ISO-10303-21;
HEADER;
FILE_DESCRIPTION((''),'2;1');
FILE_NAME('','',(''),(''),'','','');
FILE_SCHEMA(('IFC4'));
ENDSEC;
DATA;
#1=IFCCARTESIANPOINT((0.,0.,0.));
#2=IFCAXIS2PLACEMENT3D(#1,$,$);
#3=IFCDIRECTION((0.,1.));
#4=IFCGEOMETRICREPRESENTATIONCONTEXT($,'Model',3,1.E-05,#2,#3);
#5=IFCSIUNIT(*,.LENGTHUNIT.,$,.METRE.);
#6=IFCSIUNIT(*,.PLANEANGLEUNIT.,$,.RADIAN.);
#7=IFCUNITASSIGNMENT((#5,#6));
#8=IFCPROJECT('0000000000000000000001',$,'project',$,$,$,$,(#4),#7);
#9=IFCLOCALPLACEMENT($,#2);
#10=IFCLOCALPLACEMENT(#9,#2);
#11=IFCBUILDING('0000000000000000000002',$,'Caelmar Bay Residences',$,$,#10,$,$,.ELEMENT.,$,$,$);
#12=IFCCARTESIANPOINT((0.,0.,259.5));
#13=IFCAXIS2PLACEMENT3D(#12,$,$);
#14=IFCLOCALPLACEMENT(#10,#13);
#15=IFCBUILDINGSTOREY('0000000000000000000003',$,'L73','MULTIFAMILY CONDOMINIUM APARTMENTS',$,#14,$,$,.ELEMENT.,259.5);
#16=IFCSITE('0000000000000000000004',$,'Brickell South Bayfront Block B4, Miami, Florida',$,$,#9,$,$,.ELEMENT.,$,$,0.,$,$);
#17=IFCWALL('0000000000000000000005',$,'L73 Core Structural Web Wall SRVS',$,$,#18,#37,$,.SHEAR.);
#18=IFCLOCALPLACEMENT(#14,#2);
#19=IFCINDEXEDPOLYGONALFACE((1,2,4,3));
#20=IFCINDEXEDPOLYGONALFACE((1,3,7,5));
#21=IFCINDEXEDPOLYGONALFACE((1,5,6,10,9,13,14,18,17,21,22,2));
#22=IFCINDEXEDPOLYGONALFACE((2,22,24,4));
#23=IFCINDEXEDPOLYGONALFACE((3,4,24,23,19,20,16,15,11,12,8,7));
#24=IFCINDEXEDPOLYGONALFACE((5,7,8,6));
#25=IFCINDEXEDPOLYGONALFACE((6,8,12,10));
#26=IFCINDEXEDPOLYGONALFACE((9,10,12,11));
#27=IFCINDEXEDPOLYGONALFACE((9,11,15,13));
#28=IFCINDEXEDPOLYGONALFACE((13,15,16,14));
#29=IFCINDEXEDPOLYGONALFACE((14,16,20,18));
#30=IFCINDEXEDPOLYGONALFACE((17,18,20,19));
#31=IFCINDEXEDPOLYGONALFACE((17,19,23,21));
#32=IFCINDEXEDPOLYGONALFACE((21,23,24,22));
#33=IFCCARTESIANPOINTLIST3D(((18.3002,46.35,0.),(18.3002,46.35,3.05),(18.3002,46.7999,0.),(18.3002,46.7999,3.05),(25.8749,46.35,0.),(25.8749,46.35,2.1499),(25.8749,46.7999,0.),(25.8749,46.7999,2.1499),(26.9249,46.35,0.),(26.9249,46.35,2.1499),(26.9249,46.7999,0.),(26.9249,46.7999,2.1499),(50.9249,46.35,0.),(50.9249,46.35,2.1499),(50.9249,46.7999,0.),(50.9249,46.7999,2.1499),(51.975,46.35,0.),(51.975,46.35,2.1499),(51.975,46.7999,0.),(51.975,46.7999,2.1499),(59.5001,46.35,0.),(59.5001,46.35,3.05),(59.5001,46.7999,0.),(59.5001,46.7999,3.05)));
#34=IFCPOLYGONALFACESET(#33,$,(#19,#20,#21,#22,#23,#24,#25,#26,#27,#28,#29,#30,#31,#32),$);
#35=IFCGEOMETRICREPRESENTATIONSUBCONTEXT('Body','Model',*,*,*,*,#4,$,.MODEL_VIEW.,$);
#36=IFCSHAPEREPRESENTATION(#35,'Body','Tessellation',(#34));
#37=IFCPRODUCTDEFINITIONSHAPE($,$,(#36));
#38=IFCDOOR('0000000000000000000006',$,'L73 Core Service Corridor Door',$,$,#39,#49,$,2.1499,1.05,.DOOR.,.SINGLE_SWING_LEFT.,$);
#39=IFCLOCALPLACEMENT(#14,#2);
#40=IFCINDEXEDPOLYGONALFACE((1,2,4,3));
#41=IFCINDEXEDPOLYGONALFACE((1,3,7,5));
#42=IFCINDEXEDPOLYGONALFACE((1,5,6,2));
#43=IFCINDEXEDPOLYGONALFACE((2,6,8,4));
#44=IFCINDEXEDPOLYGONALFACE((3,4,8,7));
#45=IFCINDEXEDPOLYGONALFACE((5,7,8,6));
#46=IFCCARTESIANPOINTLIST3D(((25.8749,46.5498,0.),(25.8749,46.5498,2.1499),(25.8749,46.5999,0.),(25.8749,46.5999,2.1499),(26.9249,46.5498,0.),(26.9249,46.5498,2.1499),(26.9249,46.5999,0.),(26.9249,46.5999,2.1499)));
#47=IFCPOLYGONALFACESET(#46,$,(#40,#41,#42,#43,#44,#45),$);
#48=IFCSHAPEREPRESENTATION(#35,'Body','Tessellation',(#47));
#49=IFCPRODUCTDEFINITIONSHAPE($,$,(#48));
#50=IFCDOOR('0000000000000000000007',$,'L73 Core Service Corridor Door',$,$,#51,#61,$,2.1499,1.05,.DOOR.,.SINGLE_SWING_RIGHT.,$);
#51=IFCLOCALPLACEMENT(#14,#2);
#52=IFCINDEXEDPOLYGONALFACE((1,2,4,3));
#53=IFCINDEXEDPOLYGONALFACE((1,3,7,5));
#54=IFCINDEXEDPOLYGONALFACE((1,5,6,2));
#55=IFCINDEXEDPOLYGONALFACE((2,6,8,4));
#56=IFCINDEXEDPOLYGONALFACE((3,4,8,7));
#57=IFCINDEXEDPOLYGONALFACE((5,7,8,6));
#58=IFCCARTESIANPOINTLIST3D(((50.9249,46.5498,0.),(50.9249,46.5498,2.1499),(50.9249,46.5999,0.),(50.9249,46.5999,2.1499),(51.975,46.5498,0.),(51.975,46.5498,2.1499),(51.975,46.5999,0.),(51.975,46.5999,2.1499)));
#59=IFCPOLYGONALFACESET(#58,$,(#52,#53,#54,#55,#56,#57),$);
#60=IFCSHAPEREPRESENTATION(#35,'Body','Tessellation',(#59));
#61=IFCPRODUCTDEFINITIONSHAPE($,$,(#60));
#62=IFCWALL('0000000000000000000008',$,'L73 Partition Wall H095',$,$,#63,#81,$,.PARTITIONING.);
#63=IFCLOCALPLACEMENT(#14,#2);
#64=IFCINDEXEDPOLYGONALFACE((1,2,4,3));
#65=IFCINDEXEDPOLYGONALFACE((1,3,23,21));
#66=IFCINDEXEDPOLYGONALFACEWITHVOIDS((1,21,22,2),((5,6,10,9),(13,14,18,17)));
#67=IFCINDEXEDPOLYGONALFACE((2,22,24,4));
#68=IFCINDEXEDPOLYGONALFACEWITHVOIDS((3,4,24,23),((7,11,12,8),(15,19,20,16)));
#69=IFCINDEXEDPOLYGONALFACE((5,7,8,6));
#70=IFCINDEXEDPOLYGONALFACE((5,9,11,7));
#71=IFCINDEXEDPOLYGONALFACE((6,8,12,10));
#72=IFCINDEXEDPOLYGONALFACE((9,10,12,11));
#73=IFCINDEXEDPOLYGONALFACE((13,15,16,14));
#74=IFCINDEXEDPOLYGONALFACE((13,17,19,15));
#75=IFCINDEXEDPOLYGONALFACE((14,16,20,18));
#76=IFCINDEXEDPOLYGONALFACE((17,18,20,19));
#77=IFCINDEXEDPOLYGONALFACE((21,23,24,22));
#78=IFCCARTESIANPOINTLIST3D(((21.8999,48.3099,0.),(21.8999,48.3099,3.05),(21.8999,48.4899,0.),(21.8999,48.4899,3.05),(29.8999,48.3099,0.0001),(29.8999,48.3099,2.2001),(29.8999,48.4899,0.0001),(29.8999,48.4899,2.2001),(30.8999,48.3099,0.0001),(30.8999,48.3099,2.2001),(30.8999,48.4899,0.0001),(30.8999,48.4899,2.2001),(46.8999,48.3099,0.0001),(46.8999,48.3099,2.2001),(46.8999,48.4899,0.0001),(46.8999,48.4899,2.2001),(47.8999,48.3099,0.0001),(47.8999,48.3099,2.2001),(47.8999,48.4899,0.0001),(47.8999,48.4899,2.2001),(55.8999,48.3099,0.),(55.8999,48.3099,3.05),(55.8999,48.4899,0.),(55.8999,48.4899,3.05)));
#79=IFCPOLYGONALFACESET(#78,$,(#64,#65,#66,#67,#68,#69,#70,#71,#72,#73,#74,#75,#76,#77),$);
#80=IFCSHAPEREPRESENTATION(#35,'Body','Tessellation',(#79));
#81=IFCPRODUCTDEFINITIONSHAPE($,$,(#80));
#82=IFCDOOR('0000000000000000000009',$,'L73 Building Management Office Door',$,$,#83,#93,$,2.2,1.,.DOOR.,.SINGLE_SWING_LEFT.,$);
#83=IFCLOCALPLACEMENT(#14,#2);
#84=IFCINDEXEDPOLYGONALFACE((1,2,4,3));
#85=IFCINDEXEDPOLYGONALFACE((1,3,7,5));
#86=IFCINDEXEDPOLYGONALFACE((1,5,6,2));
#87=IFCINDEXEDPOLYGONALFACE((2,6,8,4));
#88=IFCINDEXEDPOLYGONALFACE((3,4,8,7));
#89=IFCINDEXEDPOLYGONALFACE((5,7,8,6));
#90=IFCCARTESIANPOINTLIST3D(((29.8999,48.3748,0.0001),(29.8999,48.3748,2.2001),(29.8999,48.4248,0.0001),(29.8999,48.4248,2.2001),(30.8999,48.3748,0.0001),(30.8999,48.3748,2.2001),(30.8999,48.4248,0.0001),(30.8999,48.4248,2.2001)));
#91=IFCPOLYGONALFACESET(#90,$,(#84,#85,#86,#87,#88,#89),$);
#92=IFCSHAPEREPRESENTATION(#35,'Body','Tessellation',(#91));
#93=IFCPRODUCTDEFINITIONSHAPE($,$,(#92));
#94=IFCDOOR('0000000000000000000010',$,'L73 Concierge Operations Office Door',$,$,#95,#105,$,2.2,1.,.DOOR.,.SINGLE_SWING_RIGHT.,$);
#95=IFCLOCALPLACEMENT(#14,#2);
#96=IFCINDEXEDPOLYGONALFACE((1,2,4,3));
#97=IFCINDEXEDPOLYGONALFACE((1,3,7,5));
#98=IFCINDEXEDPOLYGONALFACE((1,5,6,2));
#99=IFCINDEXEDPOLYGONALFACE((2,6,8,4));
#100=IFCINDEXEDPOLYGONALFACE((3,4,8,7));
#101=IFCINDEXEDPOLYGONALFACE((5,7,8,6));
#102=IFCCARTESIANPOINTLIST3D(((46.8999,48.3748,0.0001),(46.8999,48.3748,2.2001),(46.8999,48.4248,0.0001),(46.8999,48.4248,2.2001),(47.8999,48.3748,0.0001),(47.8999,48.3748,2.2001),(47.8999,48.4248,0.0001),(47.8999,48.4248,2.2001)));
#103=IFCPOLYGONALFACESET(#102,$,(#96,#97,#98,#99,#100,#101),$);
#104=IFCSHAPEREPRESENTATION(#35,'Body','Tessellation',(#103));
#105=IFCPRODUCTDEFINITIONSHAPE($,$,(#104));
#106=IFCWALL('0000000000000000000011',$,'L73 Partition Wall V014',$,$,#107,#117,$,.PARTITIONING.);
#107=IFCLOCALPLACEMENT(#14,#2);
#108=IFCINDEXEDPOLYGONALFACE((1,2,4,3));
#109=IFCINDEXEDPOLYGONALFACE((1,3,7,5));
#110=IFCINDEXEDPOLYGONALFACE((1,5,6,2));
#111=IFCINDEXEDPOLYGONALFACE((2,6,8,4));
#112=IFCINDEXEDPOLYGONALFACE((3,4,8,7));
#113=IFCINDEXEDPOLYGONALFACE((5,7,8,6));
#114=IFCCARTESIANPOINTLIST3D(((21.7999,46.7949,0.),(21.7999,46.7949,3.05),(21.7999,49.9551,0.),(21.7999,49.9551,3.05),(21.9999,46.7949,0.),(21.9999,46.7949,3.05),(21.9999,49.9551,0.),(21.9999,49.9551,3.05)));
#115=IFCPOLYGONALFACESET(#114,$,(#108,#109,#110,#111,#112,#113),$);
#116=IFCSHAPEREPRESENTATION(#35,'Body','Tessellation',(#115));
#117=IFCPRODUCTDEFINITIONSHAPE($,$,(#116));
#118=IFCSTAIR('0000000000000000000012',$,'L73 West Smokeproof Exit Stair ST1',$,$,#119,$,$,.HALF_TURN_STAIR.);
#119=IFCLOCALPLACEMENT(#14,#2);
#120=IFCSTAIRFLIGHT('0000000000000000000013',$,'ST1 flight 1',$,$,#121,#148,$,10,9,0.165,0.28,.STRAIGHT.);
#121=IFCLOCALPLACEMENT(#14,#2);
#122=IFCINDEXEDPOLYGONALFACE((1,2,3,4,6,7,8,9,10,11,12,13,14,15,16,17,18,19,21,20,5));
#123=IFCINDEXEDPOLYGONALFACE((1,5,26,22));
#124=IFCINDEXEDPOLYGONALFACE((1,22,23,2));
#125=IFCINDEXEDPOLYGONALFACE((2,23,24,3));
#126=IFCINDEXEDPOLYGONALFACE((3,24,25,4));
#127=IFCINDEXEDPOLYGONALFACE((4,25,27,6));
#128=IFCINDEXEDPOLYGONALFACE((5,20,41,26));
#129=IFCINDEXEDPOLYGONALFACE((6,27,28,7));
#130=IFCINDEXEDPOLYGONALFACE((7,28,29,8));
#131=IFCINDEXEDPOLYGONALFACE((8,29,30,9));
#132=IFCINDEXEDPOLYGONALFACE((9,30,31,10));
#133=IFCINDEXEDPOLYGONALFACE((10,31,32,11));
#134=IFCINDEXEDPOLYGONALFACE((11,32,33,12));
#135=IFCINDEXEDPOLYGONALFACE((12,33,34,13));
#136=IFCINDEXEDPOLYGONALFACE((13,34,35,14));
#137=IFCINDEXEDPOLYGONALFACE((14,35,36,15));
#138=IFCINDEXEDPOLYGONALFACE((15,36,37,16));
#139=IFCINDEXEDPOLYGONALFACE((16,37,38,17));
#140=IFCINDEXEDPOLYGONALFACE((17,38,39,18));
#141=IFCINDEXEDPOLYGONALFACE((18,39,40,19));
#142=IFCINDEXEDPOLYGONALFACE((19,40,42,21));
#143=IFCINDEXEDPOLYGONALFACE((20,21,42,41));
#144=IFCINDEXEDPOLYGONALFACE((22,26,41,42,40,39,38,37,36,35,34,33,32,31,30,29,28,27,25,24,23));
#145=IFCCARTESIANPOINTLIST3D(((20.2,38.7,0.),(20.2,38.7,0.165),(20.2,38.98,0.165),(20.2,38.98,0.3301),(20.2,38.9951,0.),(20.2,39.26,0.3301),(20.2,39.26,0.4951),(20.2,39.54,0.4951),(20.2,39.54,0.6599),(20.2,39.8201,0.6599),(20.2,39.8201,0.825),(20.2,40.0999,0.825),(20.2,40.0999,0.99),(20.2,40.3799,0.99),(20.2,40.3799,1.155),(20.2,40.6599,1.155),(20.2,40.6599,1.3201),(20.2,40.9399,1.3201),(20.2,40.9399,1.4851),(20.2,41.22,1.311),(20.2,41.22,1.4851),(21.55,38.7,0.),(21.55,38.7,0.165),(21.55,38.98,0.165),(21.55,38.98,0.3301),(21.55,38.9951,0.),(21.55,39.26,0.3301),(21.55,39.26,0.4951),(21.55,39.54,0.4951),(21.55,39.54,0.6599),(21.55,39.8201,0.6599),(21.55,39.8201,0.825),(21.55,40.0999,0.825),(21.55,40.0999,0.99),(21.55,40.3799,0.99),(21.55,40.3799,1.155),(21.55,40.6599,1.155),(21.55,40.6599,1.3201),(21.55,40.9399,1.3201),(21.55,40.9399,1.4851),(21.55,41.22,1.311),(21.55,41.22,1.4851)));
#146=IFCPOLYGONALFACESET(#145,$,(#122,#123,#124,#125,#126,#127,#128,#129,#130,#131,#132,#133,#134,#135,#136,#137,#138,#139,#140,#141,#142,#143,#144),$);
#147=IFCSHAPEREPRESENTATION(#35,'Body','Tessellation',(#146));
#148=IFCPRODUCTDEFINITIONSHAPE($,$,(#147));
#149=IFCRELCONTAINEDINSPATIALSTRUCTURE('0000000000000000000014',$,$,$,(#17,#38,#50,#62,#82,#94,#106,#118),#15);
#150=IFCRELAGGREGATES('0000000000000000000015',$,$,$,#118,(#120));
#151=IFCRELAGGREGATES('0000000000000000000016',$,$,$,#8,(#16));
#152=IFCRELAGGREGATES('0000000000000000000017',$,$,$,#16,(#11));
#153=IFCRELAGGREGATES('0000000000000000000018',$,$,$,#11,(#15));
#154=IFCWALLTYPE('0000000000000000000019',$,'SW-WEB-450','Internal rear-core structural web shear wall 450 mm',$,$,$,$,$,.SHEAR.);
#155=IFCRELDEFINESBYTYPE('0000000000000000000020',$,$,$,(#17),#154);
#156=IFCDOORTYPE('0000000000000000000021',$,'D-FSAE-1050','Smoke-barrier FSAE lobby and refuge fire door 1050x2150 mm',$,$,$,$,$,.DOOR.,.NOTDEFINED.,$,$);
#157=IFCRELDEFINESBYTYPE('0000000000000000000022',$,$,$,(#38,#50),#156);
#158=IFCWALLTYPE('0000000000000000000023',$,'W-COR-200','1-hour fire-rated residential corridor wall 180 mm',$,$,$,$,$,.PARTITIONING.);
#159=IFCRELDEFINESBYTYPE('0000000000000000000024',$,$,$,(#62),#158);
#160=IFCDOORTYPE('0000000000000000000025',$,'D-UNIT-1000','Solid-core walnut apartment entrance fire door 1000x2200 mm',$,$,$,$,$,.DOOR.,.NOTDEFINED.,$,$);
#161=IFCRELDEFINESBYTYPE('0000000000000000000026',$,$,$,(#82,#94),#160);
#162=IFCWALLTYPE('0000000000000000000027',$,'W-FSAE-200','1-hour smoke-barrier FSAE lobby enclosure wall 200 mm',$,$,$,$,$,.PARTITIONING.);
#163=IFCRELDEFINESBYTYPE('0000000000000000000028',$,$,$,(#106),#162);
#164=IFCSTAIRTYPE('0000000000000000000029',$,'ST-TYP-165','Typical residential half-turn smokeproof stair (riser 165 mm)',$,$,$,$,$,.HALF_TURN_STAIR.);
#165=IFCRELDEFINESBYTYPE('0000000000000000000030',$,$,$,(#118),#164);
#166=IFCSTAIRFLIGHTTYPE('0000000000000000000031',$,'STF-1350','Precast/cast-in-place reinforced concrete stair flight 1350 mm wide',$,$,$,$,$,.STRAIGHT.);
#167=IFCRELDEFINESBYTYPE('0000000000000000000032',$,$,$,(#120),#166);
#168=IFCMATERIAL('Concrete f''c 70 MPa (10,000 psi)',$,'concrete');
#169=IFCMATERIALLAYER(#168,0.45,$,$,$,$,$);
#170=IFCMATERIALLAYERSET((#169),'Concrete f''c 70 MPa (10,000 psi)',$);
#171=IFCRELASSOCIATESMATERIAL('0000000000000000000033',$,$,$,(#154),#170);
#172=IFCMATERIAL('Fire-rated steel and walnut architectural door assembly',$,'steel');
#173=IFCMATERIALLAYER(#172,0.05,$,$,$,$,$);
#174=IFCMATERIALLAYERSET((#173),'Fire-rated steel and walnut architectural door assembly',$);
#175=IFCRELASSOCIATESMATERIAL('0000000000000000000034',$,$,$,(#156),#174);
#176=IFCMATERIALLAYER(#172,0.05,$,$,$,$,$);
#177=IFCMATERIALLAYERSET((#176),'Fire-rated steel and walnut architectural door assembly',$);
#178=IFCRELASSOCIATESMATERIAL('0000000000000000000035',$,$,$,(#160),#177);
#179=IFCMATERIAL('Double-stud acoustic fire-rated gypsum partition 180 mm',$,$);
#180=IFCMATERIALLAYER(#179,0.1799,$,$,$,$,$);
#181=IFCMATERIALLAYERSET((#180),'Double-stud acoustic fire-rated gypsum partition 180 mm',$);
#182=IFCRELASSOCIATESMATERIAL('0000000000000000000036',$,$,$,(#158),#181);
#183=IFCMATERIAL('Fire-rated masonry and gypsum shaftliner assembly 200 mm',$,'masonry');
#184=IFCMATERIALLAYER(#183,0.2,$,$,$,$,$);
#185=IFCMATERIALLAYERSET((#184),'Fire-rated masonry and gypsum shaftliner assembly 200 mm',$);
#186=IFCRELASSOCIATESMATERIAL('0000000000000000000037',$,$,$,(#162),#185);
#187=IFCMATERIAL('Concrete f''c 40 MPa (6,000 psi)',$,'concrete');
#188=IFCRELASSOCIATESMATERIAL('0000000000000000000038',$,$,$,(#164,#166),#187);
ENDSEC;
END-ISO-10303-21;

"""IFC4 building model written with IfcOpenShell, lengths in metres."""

from ifc_helpers import new_model, si_unit, direction, frame, frame_2d, origin, place, context, subcontext, project, spatial, polyline, rectangle, outline, extrude, material, layer, layer_set, type_object, element, fill, aggregate, save


model = new_model("IFC4")

# Units and contexts
model_context = context("Model", 3, precision=1e-05, world=origin(), true_north=direction((0.0, 1.0)))
body_context = subcontext(model_context, "Body", "Model", "MODEL_VIEW")
ifc_project = project(units=[si_unit("LENGTHUNIT", "METRE"), si_unit("PLANEANGLEUNIT", "RADIAN")], contexts=[model_context])

# Site, building, storey
site_placement = place(None, origin())
site = spatial("IfcSite", under=ifc_project, at=site_placement, Name="Brickell South Bayfront Block B4, Miami, Florida", CompositionType="ELEMENT", RefElevation=0.0)
building_placement = place(site_placement, origin())
building = spatial("IfcBuilding", under=site, at=building_placement, Name="Caelmar Bay Residences", CompositionType="ELEMENT")
storey_placement = place(building_placement, frame((0.0, 0.0, 259.5)))
storey = spatial("IfcBuildingStorey", under=building, at=storey_placement, Name="L73", Description="MULTIFAMILY CONDOMINIUM APARTMENTS", CompositionType="ELEMENT", Elevation=259.5)

# Shared definitions
ifc_material_1 = material(Name="Fire-rated steel and walnut architectural door assembly", Category="steel")

# Walls, openings, doors
ifc_material_2 = material(Name="Concrete f'c 70 MPa (10,000 psi)", Category="concrete")
ifc_layer_1 = layer(ifc_material_2, 0.45)
ifc_layer_set_1 = layer_set([ifc_layer_1], Name="Concrete f'c 70 MPa (10,000 psi)")
wall_type_1 = type_object("IfcWallType", Name="SW-WEB-450", Description="Internal rear-core structural web shear wall 450 mm", PredefinedType="SHEAR", material=ifc_layer_set_1)
ifc_layer_2 = layer(ifc_material_1, 0.05)
ifc_layer_set_2 = layer_set([ifc_layer_2], Name="Fire-rated steel and walnut architectural door assembly")
door_type_1 = type_object("IfcDoorType", Name="D-FSAE-1050", Description="Smoke-barrier FSAE lobby and refuge fire door 1050x2150 mm", OperationType="NOTDEFINED", PredefinedType="DOOR", material=ifc_layer_set_2)
ifc_layer_3 = layer(ifc_material_1, 0.05)
ifc_layer_set_3 = layer_set([ifc_layer_3], Name="Fire-rated steel and walnut architectural door assembly")
door_type_2 = type_object("IfcDoorType", Name="D-UNIT-1000", Description="Solid-core walnut apartment entrance fire door 1000x2200 mm", OperationType="NOTDEFINED", PredefinedType="DOOR", material=ifc_layer_set_3)
wall_1_placement = place(storey_placement, frame((18.3, 46.575, 0.0), z_axis=(0.0, 0.0, 1.0), x_axis=(1.0, 0.0, 0.0)))
wall_1 = element("IfcWall", 1, at=wall_1_placement, inside=storey, type_object=wall_type_1, Name="L73 Core Structural Web Wall SRVS", PredefinedType="SHEAR", context=body_context, shape_type="SweptSolid", body=[
    extrude(rectangle(XDim=41.2, YDim=0.45, at=frame_2d((20.6001, 0.0))), origin(), (0.0, 0.0, 1.0), 3.05),
])
opening_1_placement = place(wall_1_placement, frame((7.575, 0.0, 0.0)))
opening_1 = element("IfcOpeningElement", 2, at=opening_1_placement, cuts=wall_1, PredefinedType="OPENING", context=body_context, shape_type="SweptSolid", body=[
    extrude(rectangle(XDim=1.05, YDim=2.1499, at=frame_2d((0.5249, 1.075))), frame((0.0, 0.2349, 0.0), z_axis=(0.0, -1.0, 0.0), x_axis=(1.0, 0.0, 0.0)), (0.0, 0.0, 1.0), 0.47),
])
opening_2_placement = place(wall_1_placement, frame((32.625, 0.0, 0.0)))
opening_2 = element("IfcOpeningElement", 3, at=opening_2_placement, cuts=wall_1, PredefinedType="OPENING", context=body_context, shape_type="SweptSolid", body=[
    extrude(rectangle(XDim=1.05, YDim=2.1499, at=frame_2d((0.5249, 1.075))), frame((0.0, 0.2349, 0.0), z_axis=(0.0, -1.0, 0.0), x_axis=(1.0, 0.0, 0.0)), (0.0, 0.0, 1.0), 0.47),
])
door_1_placement = place(opening_1_placement, origin())
door_1 = element("IfcDoor", 4, at=door_1_placement, inside=storey, type_object=door_type_1, Name="L73 Core Service Corridor Door", OperationType="SINGLE_SWING_LEFT", OverallHeight=2.1499, OverallWidth=1.05, PredefinedType="DOOR", context=body_context, shape_type="SweptSolid", body=[
    extrude(rectangle(XDim=1.05, YDim=2.1499, at=frame_2d((0.5249, 1.075))), frame((0.0, 0.0249, 0.0), z_axis=(0.0, -1.0, 0.0), x_axis=(1.0, 0.0, 0.0)), (0.0, 0.0, 1.0), 0.05),
])
fill(opening_1, door_1)
door_2_placement = place(opening_2_placement, origin())
door_2 = element("IfcDoor", 5, at=door_2_placement, inside=storey, type_object=door_type_1, Name="L73 Core Service Corridor Door", OperationType="SINGLE_SWING_RIGHT", OverallHeight=2.1499, OverallWidth=1.05, PredefinedType="DOOR", context=body_context, shape_type="SweptSolid", body=[
    extrude(rectangle(XDim=1.05, YDim=2.1499, at=frame_2d((0.5249, 1.075))), frame((0.0, 0.0249, 0.0), z_axis=(0.0, -1.0, 0.0), x_axis=(1.0, 0.0, 0.0)), (0.0, 0.0, 1.0), 0.05),
])
fill(opening_2, door_2)
ifc_material_3 = material(Name="Double-stud acoustic fire-rated gypsum partition 180 mm")
ifc_layer_4 = layer(ifc_material_3, 0.1799)
ifc_layer_set_4 = layer_set([ifc_layer_4], Name="Double-stud acoustic fire-rated gypsum partition 180 mm")
wall_type_2 = type_object("IfcWallType", Name="W-COR-200", Description="1-hour fire-rated residential corridor wall 180 mm", PredefinedType="PARTITIONING", material=ifc_layer_set_4)
wall_2_placement = place(storey_placement, frame((21.8999, 48.3999, 0.0), z_axis=(0.0, 0.0, 1.0), x_axis=(1.0, 0.0, 0.0)))
wall_2 = element("IfcWall", 6, at=wall_2_placement, inside=storey, type_object=wall_type_2, Name="L73 Partition Wall H095", PredefinedType="PARTITIONING", context=body_context, shape_type="SweptSolid", body=[
    extrude(rectangle(XDim=34.0, YDim=0.1799, at=frame_2d((17.0, 0.0))), origin(), (0.0, 0.0, 1.0), 3.05),
])
opening_3_placement = place(wall_2_placement, frame((8.0, 0.0, 0.0)))
opening_3 = element("IfcOpeningElement", 7, at=opening_3_placement, cuts=wall_2, PredefinedType="OPENING", context=body_context, shape_type="SweptSolid", body=[
    extrude(rectangle(XDim=1.0, YDim=2.2, at=frame_2d((0.5, 1.1001))), frame((0.0, 0.0999, 0.0), z_axis=(0.0, -1.0, 0.0), x_axis=(1.0, 0.0, 0.0)), (0.0, 0.0, 1.0), 0.2),
])
opening_4_placement = place(wall_2_placement, frame((25.0, 0.0, 0.0)))
opening_4 = element("IfcOpeningElement", 8, at=opening_4_placement, cuts=wall_2, PredefinedType="OPENING", context=body_context, shape_type="SweptSolid", body=[
    extrude(rectangle(XDim=1.0, YDim=2.2, at=frame_2d((0.5, 1.1001))), frame((0.0, 0.0999, 0.0), z_axis=(0.0, -1.0, 0.0), x_axis=(1.0, 0.0, 0.0)), (0.0, 0.0, 1.0), 0.2),
])
door_3_placement = place(opening_3_placement, origin())
door_3 = element("IfcDoor", 9, at=door_3_placement, inside=storey, type_object=door_type_2, Name="L73 Building Management Office Door", OperationType="SINGLE_SWING_LEFT", OverallHeight=2.2, OverallWidth=1.0, PredefinedType="DOOR", context=body_context, shape_type="SweptSolid", body=[
    extrude(rectangle(XDim=1.0, YDim=2.2, at=frame_2d((0.5, 1.1001))), frame((0.0, 0.0249, 0.0), z_axis=(0.0, -1.0, 0.0), x_axis=(1.0, 0.0, 0.0)), (0.0, 0.0, 1.0), 0.05),
])
fill(opening_3, door_3)
door_4_placement = place(opening_4_placement, origin())
door_4 = element("IfcDoor", 10, at=door_4_placement, inside=storey, type_object=door_type_2, Name="L73 Concierge Operations Office Door", OperationType="SINGLE_SWING_RIGHT", OverallHeight=2.2, OverallWidth=1.0, PredefinedType="DOOR", context=body_context, shape_type="SweptSolid", body=[
    extrude(rectangle(XDim=1.0, YDim=2.2, at=frame_2d((0.5, 1.1001))), frame((0.0, 0.0249, 0.0), z_axis=(0.0, -1.0, 0.0), x_axis=(1.0, 0.0, 0.0)), (0.0, 0.0, 1.0), 0.05),
])
fill(opening_4, door_4)

# Wall
ifc_material_4 = material(Name="Fire-rated masonry and gypsum shaftliner assembly 200 mm", Category="masonry")
ifc_layer_5 = layer(ifc_material_4, 0.2)
ifc_layer_set_5 = layer_set([ifc_layer_5], Name="Fire-rated masonry and gypsum shaftliner assembly 200 mm")
wall_type_3 = type_object("IfcWallType", Name="W-FSAE-200", Description="1-hour smoke-barrier FSAE lobby enclosure wall 200 mm", PredefinedType="PARTITIONING", material=ifc_layer_set_5)
wall_3_placement = place(storey_placement, frame((21.8999, 46.7949, 0.0), z_axis=(0.0, 0.0, 1.0), x_axis=(0.0, 1.0, 0.0)))
element("IfcWall", 11, at=wall_3_placement, inside=storey, type_object=wall_type_3, Name="L73 Partition Wall V014", PredefinedType="PARTITIONING", context=body_context, shape_type="SweptSolid", body=[
    extrude(rectangle(XDim=3.1602, YDim=0.2, at=frame_2d((1.5801, 0.0))), origin(), (0.0, 0.0, 1.0), 3.05),
])

# Stair, stair flight
ifc_material_5 = material(Name="Concrete f'c 40 MPa (6,000 psi)", Category="concrete")
stair_type = type_object("IfcStairType", Name="ST-TYP-165", Description="Typical residential half-turn smokeproof stair (riser 165 mm)", PredefinedType="HALF_TURN_STAIR", material=ifc_material_5)
stair_placement = place(storey_placement, origin())
stair = element("IfcStair", 12, at=stair_placement, inside=storey, type_object=stair_type, Name="L73 West Smokeproof Exit Stair ST1", PredefinedType="HALF_TURN_STAIR")
stair_flight_type = type_object("IfcStairFlightType", Name="STF-1350", Description="Precast/cast-in-place reinforced concrete stair flight 1350 mm wide", PredefinedType="STRAIGHT", material=ifc_material_5)
stair_flight_1_placement = place(storey_placement, frame((20.875, 38.7, 0.0), z_axis=(0.0, 0.0, 1.0), x_axis=(0.0, 1.0, 0.0)))
stair_flight_1 = element("IfcStairFlight", 13, at=stair_flight_1_placement, type_object=stair_flight_type, Name="ST1 flight 1", NumberOfRisers=10, NumberOfTreads=9, PredefinedType="STRAIGHT", RiserHeight=0.165, TreadLength=0.28, context=body_context, shape_type="SweptSolid", body=[
    extrude(outline(polyline([(0.0, 0.0), (0.0, 0.165), (0.28, 0.165), (0.28, 0.3301), (0.5601, 0.3301), (0.5601, 0.4951), (0.8401, 0.4951), (0.8401, 0.6599), (1.1201, 0.6599), (1.1201, 0.825), (1.3999, 0.825), (1.3999, 0.99), (1.6799, 0.99), (1.6799, 1.155), (1.96, 1.155), (1.96, 1.3201), (2.24, 1.3201), (2.24, 1.4851), (2.52, 1.4851), (2.52, 1.6499), (2.52, 1.311), (0.2952, 0.0), (0.0, 0.0)])), frame((0.0, 0.675, 0.0), z_axis=(0.0, -1.0, 0.0), x_axis=(1.0, 0.0, 0.0)), (0.0, 0.0, 1.0), 1.3501),
])
aggregate(stair, [stair_flight_1])

save(model, "model.ifc")
